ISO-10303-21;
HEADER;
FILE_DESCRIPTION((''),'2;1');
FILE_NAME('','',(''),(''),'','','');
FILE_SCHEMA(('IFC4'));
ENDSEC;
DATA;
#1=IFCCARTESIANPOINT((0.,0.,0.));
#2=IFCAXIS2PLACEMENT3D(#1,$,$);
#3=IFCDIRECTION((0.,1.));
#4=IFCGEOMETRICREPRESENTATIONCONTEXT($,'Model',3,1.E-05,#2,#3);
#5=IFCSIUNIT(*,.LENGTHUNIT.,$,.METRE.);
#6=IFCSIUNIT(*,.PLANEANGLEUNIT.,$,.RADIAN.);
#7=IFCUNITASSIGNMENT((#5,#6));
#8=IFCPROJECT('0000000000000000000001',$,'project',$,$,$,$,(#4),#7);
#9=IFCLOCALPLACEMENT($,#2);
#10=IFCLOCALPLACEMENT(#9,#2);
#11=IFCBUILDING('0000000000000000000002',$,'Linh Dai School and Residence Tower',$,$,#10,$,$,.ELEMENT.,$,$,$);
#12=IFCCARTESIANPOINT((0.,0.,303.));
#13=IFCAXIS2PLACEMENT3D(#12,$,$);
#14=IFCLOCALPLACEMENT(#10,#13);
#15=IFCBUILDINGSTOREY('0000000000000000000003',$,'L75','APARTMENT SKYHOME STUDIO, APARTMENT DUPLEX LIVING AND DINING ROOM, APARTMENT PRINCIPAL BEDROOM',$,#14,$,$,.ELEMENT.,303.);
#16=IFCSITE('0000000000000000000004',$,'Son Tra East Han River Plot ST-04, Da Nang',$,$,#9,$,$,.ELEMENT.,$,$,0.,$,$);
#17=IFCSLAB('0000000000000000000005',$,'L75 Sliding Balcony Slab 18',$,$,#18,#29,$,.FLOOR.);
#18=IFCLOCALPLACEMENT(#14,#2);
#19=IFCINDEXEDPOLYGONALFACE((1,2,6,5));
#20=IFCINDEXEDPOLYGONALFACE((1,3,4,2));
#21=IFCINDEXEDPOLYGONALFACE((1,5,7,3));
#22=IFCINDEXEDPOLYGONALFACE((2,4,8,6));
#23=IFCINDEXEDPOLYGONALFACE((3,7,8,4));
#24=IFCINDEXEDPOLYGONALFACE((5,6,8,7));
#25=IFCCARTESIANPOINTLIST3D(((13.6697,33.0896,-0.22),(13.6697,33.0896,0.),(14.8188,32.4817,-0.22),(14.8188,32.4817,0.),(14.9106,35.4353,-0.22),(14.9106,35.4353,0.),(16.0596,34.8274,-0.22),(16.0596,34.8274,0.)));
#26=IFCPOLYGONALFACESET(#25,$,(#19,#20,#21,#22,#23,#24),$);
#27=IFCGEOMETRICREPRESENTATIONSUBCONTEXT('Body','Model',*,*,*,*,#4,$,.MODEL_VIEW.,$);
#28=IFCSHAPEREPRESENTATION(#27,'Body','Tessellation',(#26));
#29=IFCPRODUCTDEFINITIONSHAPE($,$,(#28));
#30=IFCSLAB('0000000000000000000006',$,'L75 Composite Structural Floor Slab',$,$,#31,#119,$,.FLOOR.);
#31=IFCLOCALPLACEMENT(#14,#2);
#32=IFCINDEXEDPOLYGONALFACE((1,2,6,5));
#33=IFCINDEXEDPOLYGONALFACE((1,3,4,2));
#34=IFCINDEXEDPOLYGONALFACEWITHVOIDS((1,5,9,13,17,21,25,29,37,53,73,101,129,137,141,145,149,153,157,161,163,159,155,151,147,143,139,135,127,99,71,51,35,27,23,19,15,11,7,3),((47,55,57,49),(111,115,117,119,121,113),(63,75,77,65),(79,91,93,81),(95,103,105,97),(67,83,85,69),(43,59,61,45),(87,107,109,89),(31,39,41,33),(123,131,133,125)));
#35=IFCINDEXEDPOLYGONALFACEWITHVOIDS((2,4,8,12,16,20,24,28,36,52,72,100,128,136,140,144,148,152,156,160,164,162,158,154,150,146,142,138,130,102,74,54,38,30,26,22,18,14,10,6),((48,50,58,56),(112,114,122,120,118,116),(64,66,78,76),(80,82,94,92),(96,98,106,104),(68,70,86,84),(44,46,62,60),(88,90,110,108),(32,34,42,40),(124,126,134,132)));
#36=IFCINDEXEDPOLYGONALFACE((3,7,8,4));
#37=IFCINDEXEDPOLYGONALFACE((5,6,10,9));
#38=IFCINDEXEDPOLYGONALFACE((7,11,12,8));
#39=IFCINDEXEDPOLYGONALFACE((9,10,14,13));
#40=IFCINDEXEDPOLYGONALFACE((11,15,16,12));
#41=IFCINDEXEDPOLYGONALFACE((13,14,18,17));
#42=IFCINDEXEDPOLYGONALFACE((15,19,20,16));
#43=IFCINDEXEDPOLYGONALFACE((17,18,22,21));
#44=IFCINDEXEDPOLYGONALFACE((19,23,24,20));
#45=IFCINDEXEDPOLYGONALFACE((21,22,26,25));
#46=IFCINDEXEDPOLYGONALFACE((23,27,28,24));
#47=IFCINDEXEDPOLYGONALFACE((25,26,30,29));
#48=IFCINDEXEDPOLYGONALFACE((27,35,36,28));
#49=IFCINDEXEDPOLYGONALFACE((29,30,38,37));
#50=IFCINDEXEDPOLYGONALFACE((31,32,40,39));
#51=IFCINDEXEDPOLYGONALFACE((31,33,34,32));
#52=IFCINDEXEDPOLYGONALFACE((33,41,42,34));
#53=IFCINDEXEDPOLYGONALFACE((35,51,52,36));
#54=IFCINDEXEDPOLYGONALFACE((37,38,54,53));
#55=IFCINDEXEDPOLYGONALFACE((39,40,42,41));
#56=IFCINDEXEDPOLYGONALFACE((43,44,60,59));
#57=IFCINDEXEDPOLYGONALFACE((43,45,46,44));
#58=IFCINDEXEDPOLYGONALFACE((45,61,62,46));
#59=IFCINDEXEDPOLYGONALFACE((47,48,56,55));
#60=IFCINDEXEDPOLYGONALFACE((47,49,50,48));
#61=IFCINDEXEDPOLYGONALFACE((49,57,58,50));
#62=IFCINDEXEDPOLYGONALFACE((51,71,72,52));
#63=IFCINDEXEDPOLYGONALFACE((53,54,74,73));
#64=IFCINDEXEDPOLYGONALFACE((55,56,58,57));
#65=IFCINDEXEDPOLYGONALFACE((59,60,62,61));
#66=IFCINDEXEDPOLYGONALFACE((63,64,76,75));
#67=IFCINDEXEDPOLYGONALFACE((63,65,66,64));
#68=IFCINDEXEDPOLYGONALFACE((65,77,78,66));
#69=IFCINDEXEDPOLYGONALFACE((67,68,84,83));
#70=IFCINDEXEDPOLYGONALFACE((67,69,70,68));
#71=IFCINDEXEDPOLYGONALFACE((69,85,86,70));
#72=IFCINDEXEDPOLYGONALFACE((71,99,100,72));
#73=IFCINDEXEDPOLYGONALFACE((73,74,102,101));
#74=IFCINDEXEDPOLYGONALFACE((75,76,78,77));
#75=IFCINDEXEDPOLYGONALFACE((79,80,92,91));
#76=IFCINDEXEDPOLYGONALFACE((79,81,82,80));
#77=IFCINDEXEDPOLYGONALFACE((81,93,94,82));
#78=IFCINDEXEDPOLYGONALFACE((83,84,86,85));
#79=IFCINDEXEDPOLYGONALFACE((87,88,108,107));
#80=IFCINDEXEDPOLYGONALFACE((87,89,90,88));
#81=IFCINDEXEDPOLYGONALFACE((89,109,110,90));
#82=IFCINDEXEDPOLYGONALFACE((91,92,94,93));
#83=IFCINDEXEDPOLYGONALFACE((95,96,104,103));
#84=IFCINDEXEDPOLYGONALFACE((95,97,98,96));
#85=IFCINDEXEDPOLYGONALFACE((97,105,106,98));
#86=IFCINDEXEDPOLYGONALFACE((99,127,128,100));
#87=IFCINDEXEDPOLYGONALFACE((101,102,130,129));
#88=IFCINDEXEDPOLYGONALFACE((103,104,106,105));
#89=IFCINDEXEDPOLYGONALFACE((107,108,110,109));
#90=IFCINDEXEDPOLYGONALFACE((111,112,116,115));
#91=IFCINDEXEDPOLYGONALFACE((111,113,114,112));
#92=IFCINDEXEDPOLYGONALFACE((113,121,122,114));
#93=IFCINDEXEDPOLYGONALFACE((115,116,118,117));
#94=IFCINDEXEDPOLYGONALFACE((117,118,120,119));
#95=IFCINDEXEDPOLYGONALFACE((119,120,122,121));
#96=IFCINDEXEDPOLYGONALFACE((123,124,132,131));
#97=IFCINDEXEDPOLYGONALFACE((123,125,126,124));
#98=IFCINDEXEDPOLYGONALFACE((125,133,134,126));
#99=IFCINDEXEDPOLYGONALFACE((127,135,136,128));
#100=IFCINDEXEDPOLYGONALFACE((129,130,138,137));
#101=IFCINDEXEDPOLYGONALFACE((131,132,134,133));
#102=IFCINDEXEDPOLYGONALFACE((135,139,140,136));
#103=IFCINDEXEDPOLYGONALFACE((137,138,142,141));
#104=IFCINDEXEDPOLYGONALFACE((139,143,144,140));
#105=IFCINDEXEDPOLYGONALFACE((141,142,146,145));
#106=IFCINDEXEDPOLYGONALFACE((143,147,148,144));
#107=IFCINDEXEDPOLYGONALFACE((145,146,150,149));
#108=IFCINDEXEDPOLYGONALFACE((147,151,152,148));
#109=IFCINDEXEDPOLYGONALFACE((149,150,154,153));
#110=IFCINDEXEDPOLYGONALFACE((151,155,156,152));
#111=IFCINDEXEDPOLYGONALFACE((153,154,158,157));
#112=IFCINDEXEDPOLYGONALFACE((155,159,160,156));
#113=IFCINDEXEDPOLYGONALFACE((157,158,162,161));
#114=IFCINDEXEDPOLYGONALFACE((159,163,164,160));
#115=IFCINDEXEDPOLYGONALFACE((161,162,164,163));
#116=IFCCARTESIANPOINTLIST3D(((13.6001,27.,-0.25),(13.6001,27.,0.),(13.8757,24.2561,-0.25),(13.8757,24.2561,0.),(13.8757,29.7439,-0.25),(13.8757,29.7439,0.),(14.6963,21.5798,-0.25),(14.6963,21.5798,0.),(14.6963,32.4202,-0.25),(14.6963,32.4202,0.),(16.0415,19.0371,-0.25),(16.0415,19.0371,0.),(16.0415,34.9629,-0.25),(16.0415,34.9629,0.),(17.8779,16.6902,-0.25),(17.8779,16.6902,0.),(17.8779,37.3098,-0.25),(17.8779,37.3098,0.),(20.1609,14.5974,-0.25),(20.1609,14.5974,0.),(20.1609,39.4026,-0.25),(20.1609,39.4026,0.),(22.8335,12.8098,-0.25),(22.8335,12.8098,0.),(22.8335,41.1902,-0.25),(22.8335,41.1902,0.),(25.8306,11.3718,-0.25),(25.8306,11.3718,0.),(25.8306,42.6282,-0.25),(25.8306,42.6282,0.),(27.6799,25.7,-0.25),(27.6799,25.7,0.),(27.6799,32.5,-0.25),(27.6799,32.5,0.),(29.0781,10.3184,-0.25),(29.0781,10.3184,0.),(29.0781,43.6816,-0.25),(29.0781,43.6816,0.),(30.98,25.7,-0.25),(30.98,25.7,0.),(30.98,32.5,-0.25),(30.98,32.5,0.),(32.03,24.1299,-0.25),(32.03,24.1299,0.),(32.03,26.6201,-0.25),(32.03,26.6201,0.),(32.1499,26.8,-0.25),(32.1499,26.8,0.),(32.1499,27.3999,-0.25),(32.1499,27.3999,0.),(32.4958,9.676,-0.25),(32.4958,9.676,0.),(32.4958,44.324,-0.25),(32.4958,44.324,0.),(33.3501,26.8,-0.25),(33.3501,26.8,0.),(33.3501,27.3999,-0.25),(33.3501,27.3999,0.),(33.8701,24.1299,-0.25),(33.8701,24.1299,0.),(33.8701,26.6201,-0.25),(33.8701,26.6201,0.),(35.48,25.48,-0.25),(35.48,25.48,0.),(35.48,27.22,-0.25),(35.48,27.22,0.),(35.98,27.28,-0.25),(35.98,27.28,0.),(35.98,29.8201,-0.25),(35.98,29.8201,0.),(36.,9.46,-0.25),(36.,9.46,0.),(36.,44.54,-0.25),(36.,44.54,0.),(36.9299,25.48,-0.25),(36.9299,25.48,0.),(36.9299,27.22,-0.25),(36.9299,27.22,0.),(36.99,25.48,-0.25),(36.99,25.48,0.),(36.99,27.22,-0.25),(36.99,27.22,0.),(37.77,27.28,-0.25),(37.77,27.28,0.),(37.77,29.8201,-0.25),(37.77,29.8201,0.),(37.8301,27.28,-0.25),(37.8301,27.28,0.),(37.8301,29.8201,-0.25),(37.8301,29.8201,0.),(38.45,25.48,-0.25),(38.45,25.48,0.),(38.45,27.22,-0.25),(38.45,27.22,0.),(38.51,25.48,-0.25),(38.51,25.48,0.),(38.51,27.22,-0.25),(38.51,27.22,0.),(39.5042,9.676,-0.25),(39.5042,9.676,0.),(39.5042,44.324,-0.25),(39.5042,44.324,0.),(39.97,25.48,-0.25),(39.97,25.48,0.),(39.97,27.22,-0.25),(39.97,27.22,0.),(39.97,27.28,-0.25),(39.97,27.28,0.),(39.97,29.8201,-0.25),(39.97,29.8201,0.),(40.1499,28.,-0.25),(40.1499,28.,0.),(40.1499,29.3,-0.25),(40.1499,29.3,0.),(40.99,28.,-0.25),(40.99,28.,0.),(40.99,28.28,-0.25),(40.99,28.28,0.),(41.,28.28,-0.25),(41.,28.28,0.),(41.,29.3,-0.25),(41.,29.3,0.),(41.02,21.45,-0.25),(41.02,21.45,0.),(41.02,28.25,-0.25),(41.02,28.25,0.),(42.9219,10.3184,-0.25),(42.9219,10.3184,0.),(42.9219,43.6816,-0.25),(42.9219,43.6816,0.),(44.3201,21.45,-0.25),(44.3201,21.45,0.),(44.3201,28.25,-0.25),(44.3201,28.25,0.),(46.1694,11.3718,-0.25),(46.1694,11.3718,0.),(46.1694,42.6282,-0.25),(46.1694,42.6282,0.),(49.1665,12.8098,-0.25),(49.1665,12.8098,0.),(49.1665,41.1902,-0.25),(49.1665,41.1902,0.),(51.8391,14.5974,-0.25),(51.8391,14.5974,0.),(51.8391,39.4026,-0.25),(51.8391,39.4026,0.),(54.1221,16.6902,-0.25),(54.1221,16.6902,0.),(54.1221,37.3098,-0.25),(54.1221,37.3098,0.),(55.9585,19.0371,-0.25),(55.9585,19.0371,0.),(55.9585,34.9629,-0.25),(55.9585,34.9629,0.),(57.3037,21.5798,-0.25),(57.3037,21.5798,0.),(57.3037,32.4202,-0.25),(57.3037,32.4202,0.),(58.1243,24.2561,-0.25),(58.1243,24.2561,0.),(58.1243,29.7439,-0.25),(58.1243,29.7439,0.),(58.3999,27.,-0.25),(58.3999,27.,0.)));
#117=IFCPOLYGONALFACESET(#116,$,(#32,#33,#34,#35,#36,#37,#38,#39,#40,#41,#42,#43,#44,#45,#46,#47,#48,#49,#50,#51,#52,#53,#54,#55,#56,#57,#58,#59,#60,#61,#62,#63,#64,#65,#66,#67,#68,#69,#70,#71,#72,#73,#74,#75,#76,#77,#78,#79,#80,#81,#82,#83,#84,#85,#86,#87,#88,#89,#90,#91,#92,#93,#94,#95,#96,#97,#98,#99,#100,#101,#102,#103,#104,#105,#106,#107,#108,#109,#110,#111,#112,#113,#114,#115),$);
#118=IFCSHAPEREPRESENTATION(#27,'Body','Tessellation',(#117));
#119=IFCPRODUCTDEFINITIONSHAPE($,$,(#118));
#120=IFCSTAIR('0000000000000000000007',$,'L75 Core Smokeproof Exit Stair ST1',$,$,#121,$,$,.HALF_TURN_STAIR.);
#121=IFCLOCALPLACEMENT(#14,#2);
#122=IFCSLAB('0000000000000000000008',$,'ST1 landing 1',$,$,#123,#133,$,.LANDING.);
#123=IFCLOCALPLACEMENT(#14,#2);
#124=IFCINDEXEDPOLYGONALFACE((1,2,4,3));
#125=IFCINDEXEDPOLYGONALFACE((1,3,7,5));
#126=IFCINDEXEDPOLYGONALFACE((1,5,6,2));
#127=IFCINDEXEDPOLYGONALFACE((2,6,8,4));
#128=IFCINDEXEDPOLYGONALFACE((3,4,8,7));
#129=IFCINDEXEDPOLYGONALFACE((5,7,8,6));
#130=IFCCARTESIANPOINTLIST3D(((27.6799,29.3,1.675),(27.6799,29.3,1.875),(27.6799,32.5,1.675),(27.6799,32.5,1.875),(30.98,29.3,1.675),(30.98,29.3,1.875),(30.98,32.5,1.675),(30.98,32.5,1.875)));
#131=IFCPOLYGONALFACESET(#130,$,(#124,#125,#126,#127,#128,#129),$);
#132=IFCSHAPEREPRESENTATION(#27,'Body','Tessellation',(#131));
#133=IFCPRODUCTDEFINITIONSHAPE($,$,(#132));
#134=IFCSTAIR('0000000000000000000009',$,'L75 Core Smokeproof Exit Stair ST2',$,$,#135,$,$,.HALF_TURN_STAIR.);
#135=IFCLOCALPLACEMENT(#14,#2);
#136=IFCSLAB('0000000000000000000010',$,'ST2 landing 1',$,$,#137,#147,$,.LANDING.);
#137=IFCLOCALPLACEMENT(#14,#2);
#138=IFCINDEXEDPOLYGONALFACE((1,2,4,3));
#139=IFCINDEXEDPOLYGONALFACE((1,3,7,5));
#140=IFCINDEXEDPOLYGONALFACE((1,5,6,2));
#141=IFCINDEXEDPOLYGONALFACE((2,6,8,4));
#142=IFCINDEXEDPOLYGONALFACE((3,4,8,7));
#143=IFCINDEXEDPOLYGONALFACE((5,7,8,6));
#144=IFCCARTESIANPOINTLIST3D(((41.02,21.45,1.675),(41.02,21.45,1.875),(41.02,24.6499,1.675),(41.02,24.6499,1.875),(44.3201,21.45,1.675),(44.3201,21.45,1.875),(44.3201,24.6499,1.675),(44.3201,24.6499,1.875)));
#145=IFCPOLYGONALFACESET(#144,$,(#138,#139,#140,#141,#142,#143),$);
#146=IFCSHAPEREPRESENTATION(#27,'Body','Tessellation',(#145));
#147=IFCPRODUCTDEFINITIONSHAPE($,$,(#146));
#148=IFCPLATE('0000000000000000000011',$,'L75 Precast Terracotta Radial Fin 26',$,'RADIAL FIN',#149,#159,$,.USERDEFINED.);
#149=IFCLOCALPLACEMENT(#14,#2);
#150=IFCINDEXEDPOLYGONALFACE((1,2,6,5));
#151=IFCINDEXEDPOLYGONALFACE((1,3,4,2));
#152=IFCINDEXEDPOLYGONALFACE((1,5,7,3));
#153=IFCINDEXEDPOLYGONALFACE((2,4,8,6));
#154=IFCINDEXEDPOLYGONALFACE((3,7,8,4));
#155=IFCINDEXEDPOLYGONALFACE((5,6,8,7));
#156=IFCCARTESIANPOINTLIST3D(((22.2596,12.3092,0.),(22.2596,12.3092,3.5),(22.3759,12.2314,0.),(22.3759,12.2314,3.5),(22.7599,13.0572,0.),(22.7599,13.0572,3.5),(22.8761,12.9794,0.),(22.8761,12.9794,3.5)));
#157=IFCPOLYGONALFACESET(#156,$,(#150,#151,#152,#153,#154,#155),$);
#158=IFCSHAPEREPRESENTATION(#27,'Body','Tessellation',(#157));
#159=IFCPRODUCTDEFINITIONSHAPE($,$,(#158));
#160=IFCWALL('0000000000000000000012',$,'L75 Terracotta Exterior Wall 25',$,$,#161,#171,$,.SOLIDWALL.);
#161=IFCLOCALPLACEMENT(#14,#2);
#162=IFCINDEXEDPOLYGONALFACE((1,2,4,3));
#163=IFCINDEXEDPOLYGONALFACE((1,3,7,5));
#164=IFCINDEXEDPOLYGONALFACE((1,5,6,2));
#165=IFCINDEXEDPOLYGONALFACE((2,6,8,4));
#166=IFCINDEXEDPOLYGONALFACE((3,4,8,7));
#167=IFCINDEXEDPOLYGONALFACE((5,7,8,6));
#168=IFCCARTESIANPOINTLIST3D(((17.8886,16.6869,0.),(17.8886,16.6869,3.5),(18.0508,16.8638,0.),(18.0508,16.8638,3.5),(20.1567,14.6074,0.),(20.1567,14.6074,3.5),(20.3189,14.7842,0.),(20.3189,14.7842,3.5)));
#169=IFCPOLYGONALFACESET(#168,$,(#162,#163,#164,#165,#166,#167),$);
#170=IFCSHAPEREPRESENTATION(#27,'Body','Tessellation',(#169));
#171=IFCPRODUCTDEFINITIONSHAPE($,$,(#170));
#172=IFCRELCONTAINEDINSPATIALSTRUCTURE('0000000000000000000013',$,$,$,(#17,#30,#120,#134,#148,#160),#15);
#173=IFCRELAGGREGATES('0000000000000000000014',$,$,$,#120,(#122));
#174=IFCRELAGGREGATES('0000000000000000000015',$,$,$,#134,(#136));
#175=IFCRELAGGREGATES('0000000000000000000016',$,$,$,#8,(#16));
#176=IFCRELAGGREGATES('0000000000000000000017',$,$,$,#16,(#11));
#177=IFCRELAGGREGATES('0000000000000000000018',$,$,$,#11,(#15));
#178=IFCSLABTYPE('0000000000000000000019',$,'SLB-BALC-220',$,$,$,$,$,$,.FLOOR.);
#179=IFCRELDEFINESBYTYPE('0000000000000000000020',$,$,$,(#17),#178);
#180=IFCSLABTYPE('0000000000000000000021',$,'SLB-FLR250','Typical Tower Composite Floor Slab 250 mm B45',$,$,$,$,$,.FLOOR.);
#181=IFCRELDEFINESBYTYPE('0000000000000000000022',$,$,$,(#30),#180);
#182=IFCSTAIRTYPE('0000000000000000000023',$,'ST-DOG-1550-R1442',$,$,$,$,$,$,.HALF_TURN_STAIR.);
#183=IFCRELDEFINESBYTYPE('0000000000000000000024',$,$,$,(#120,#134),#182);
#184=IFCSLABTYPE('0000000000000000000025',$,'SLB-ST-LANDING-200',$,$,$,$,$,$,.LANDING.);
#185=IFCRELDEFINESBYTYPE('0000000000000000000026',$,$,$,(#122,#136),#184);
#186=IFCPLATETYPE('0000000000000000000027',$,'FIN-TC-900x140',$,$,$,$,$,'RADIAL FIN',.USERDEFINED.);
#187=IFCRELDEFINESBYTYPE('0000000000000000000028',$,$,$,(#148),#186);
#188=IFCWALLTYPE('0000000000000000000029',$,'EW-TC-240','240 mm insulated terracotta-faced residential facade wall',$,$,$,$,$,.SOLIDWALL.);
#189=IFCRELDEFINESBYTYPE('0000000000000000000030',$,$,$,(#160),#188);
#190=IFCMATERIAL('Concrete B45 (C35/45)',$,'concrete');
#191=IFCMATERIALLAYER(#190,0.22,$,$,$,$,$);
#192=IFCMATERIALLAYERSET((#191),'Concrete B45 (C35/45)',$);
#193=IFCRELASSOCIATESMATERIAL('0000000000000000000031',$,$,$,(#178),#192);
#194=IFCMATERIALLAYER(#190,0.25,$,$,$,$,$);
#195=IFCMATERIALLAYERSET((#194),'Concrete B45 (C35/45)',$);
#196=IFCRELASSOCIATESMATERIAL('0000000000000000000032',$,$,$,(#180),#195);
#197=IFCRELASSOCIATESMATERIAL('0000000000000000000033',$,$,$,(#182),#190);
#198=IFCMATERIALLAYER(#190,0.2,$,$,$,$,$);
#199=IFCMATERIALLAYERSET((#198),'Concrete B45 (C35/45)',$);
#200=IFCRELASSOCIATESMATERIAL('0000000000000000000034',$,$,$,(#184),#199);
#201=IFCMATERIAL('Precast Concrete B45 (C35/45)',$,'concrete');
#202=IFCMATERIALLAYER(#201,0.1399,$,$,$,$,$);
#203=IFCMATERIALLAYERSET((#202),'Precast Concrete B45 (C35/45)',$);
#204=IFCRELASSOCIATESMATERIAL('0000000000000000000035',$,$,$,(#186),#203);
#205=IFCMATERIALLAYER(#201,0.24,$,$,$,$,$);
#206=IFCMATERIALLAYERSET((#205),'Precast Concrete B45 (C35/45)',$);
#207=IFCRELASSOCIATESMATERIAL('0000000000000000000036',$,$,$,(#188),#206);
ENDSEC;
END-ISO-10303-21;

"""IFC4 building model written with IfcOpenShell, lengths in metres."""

from ifc_helpers import new_model, si_unit, direction, frame, frame_2d, origin, origin_2d, place, context, subcontext, project, spatial, polyline, rectangle, outline, extrude, source, transform, mapped, material, layer, layer_set, type_object, element, aggregate, save


model = new_model("IFC4")

# Units and contexts
model_context = context("Model", 3, precision=1e-05, world=origin(), true_north=direction((0.0, 1.0)))
body_context = subcontext(model_context, "Body", "Model", "MODEL_VIEW")
ifc_project = project(units=[si_unit("LENGTHUNIT", "METRE"), si_unit("PLANEANGLEUNIT", "RADIAN")], contexts=[model_context])

# Site, building, storey
site_placement = place(None, origin())
site = spatial("IfcSite", under=ifc_project, at=site_placement, Name="Son Tra East Han River Plot ST-04, Da Nang", CompositionType="ELEMENT", RefElevation=0.0)
building_placement = place(site_placement, origin())
building = spatial("IfcBuilding", under=site, at=building_placement, Name="Linh Dai School and Residence Tower", CompositionType="ELEMENT")
storey_placement = place(building_placement, frame((0.0, 0.0, 303.0)))
storey = spatial("IfcBuildingStorey", under=building, at=storey_placement, Name="L75", Description="APARTMENT SKYHOME STUDIO, APARTMENT DUPLEX LIVING AND DINING ROOM, APARTMENT PRINCIPAL BEDROOM", CompositionType="ELEMENT", Elevation=303.0)

# Slabs
ifc_material_1 = material(Name="Concrete B45 (C35/45)", Category="concrete")
ifc_layer_1 = layer(ifc_material_1, 0.22)
ifc_layer_set_1 = layer_set([ifc_layer_1], Name="Concrete B45 (C35/45)")
slab_type_1 = type_object("IfcSlabType", Name="SLB-BALC-220", PredefinedType="FLOOR", material=ifc_layer_set_1)
slab_1_placement = place(storey_placement, frame((0.0, 0.0, -0.22)))
element("IfcSlab", 1, at=slab_1_placement, inside=storey, type_object=slab_type_1, Name="L75 Sliding Balcony Slab 18", PredefinedType="FLOOR", context=body_context, shape_type="SweptSolid", body=[
    extrude(outline(polyline([(14.8188, 32.4817), (16.0596, 34.8274), (14.9106, 35.4353), (13.6697, 33.0896), (14.8188, 32.4817)])), origin(), (0.0, 0.0, 1.0), 0.22),
])
ifc_layer_2 = layer(ifc_material_1, 0.25)
ifc_layer_set_2 = layer_set([ifc_layer_2], Name="Concrete B45 (C35/45)")
slab_type_2 = type_object("IfcSlabType", Name="SLB-FLR250", Description="Typical Tower Composite Floor Slab 250 mm B45", PredefinedType="FLOOR", material=ifc_layer_set_2)
slab_2_placement = place(storey_placement, frame((0.0, 0.0, -0.25)))
element("IfcSlab", 2, at=slab_2_placement, inside=storey, type_object=slab_type_2, Name="L75 Composite Structural Floor Slab", PredefinedType="FLOOR", context=body_context, shape_type="SweptSolid", body=[
    extrude(outline(polyline([(58.3999, 27.0), (58.1243, 29.7439), (57.3037, 32.4202), (55.9585, 34.9629), (54.1221, 37.3098), (51.8391, 39.4026), (49.1665, 41.1902), (46.1694, 42.6282), (42.9219, 43.6816), (39.5042, 44.324), (36.0, 44.54), (32.4958, 44.324), (29.0781, 43.6816), (25.8306, 42.6282), (22.8335, 41.1902), (20.1609, 39.4026), (17.8779, 37.3098), (16.0415, 34.9629), (14.6963, 32.4202), (13.8757, 29.7439), (13.6001, 27.0), (13.8757, 24.2561), (14.6963, 21.5798), (16.0415, 19.0371), (17.8779, 16.6902), (20.1609, 14.5974), (22.8335, 12.8098), (25.8306, 11.3718), (29.0781, 10.3184), (32.4958, 9.676), (36.0, 9.46), (39.5042, 9.676), (42.9219, 10.3184), (46.1694, 11.3718), (49.1665, 12.8098), (51.8391, 14.5974), (54.1221, 16.6902), (55.9585, 19.0371), (57.3037, 21.5798), (58.1243, 24.2561), (58.3999, 27.0)]), holes=[polyline([(30.98, 25.7), (30.98, 32.5), (27.6799, 32.5), (27.6799, 25.7), (30.98, 25.7)]), polyline([(41.02, 28.25), (41.02, 21.45), (44.3201, 21.45), (44.3201, 28.25), (41.02, 28.25)]), polyline([(35.98, 27.28), (37.77, 27.28), (37.77, 29.8201), (35.98, 29.8201), (35.98, 27.28)]), polyline([(32.03, 24.1299), (33.8701, 24.1299), (33.8701, 26.6201), (32.03, 26.6201), (32.03, 24.1299)]), polyline([(37.8301, 27.28), (39.97, 27.28), (39.97, 29.8201), (37.8301, 29.8201), (37.8301, 27.28)]), polyline([(35.48, 25.48), (36.9299, 25.48), (36.9299, 27.22), (35.48, 27.22), (35.48, 25.48)]), polyline([(36.99, 25.48), (38.45, 25.48), (38.45, 27.22), (36.99, 27.22), (36.99, 25.48)]), polyline([(38.51, 25.48), (39.97, 25.48), (39.97, 27.22), (38.51, 27.22), (38.51, 25.48)]), polyline([(40.1499, 28.0), (40.1499, 29.3), (41.0, 29.3), (41.0, 28.28), (40.99, 28.28), (40.99, 28.0), (40.1499, 28.0)]), polyline([(32.1499, 26.8), (33.3501, 26.8), (33.3501, 27.3999), (32.1499, 27.3999), (32.1499, 26.8)])]), origin(), (0.0, 0.0, 1.0), 0.25),
])

# Stairs, slabs
stair_type = type_object("IfcStairType", Name="ST-DOG-1550-R1442", PredefinedType="HALF_TURN_STAIR", material=ifc_material_1)
stair_1_placement = place(storey_placement, origin())
stair_1 = element("IfcStair", 3, at=stair_1_placement, inside=storey, type_object=stair_type, Name="L75 Core Smokeproof Exit Stair ST1", PredefinedType="HALF_TURN_STAIR")
ifc_layer_3 = layer(ifc_material_1, 0.2)
ifc_layer_set_3 = layer_set([ifc_layer_3], Name="Concrete B45 (C35/45)")
slab_type_3 = type_object("IfcSlabType", Name="SLB-ST-LANDING-200", PredefinedType="LANDING", material=ifc_layer_set_3)
slab_3_placement = place(storey_placement, frame((0.0, 0.0, 1.675)))
slab_3 = element("IfcSlab", 4, at=slab_3_placement, type_object=slab_type_3, Name="ST1 landing 1", PredefinedType="LANDING", context=body_context, shape_type="SweptSolid", body=[
    extrude(outline(polyline([(30.98, 29.3), (30.98, 32.5), (27.6799, 32.5), (27.6799, 29.3), (30.98, 29.3)])), origin(), (0.0, 0.0, 1.0), 0.2),
])
aggregate(stair_1, [slab_3])
stair_2_placement = place(storey_placement, origin())
stair_2 = element("IfcStair", 5, at=stair_2_placement, inside=storey, type_object=stair_type, Name="L75 Core Smokeproof Exit Stair ST2", PredefinedType="HALF_TURN_STAIR")
slab_4_placement = place(storey_placement, frame((0.0, 0.0, 1.675)))
slab_4 = element("IfcSlab", 6, at=slab_4_placement, type_object=slab_type_3, Name="ST2 landing 1", PredefinedType="LANDING", context=body_context, shape_type="SweptSolid", body=[
    extrude(outline(polyline([(41.02, 24.6499), (41.02, 21.45), (44.3201, 21.45), (44.3201, 24.6499), (41.02, 24.6499)])), origin(), (0.0, 0.0, 1.0), 0.2),
])
aggregate(stair_2, [slab_4])

# Plate
ifc_material_2 = material(Name="Precast Concrete B45 (C35/45)", Category="concrete")
ifc_layer_4 = layer(ifc_material_2, 0.1399)
ifc_layer_set_4 = layer_set([ifc_layer_4], Name="Precast Concrete B45 (C35/45)")
plate_type = type_object("IfcPlateType", Name="FIN-TC-900x140", ElementType="RADIAL FIN", PredefinedType="USERDEFINED", material=ifc_layer_set_4)
shared_shape_1 = source(origin(), body_context, "Body", "SweptSolid", [
    extrude(rectangle(XDim=0.8999, YDim=0.1399, at=origin_2d()), origin(), (0.0, 0.0, 1.0), 3.5),
])
plate_placement = place(storey_placement, frame((22.5679, 12.6443, 0.0), z_axis=(0.0, 0.0, 1.0), x_axis=(-0.555906, -0.831245, 0.0)))
element("IfcPlate", 7, at=plate_placement, inside=storey, type_object=plate_type, Name="L75 Precast Terracotta Radial Fin 26", ObjectType="RADIAL FIN", PredefinedType="USERDEFINED", context=body_context, shape_type="MappedRepresentation", body=[
    mapped(shared_shape_1, transform((0.0, 0.0, 0.0), x_axis=(1.0, 0.0, 0.0), y_axis=(0.0, 1.0, 0.0), z_axis=(0.0, 0.0, 1.0), scale=1.0)),
])

# Wall
ifc_layer_5 = layer(ifc_material_2, 0.24)
ifc_layer_set_5 = layer_set([ifc_layer_5], Name="Precast Concrete B45 (C35/45)")
wall_type_1 = type_object("IfcWallType", Name="EW-TC-240", Description="240 mm insulated terracotta-faced residential facade wall", PredefinedType="SOLIDWALL", material=ifc_layer_set_5)
wall_1_placement = place(storey_placement, frame((20.2378, 14.6958, 0.0), z_axis=(0.0, 0.0, 1.0), x_axis=(-0.737069, 0.675818, 0.0)))
element("IfcWall", 8, at=wall_1_placement, inside=storey, type_object=wall_type_1, Name="L75 Terracotta Exterior Wall 25", PredefinedType="SOLIDWALL", context=body_context, shape_type="SweptSolid", body=[
    extrude(rectangle(XDim=3.0771, YDim=0.24, at=frame_2d((1.5386, 0.0))), origin(), (0.0, 0.0, 1.0), 3.5),
])

save(model, "model.ifc")
